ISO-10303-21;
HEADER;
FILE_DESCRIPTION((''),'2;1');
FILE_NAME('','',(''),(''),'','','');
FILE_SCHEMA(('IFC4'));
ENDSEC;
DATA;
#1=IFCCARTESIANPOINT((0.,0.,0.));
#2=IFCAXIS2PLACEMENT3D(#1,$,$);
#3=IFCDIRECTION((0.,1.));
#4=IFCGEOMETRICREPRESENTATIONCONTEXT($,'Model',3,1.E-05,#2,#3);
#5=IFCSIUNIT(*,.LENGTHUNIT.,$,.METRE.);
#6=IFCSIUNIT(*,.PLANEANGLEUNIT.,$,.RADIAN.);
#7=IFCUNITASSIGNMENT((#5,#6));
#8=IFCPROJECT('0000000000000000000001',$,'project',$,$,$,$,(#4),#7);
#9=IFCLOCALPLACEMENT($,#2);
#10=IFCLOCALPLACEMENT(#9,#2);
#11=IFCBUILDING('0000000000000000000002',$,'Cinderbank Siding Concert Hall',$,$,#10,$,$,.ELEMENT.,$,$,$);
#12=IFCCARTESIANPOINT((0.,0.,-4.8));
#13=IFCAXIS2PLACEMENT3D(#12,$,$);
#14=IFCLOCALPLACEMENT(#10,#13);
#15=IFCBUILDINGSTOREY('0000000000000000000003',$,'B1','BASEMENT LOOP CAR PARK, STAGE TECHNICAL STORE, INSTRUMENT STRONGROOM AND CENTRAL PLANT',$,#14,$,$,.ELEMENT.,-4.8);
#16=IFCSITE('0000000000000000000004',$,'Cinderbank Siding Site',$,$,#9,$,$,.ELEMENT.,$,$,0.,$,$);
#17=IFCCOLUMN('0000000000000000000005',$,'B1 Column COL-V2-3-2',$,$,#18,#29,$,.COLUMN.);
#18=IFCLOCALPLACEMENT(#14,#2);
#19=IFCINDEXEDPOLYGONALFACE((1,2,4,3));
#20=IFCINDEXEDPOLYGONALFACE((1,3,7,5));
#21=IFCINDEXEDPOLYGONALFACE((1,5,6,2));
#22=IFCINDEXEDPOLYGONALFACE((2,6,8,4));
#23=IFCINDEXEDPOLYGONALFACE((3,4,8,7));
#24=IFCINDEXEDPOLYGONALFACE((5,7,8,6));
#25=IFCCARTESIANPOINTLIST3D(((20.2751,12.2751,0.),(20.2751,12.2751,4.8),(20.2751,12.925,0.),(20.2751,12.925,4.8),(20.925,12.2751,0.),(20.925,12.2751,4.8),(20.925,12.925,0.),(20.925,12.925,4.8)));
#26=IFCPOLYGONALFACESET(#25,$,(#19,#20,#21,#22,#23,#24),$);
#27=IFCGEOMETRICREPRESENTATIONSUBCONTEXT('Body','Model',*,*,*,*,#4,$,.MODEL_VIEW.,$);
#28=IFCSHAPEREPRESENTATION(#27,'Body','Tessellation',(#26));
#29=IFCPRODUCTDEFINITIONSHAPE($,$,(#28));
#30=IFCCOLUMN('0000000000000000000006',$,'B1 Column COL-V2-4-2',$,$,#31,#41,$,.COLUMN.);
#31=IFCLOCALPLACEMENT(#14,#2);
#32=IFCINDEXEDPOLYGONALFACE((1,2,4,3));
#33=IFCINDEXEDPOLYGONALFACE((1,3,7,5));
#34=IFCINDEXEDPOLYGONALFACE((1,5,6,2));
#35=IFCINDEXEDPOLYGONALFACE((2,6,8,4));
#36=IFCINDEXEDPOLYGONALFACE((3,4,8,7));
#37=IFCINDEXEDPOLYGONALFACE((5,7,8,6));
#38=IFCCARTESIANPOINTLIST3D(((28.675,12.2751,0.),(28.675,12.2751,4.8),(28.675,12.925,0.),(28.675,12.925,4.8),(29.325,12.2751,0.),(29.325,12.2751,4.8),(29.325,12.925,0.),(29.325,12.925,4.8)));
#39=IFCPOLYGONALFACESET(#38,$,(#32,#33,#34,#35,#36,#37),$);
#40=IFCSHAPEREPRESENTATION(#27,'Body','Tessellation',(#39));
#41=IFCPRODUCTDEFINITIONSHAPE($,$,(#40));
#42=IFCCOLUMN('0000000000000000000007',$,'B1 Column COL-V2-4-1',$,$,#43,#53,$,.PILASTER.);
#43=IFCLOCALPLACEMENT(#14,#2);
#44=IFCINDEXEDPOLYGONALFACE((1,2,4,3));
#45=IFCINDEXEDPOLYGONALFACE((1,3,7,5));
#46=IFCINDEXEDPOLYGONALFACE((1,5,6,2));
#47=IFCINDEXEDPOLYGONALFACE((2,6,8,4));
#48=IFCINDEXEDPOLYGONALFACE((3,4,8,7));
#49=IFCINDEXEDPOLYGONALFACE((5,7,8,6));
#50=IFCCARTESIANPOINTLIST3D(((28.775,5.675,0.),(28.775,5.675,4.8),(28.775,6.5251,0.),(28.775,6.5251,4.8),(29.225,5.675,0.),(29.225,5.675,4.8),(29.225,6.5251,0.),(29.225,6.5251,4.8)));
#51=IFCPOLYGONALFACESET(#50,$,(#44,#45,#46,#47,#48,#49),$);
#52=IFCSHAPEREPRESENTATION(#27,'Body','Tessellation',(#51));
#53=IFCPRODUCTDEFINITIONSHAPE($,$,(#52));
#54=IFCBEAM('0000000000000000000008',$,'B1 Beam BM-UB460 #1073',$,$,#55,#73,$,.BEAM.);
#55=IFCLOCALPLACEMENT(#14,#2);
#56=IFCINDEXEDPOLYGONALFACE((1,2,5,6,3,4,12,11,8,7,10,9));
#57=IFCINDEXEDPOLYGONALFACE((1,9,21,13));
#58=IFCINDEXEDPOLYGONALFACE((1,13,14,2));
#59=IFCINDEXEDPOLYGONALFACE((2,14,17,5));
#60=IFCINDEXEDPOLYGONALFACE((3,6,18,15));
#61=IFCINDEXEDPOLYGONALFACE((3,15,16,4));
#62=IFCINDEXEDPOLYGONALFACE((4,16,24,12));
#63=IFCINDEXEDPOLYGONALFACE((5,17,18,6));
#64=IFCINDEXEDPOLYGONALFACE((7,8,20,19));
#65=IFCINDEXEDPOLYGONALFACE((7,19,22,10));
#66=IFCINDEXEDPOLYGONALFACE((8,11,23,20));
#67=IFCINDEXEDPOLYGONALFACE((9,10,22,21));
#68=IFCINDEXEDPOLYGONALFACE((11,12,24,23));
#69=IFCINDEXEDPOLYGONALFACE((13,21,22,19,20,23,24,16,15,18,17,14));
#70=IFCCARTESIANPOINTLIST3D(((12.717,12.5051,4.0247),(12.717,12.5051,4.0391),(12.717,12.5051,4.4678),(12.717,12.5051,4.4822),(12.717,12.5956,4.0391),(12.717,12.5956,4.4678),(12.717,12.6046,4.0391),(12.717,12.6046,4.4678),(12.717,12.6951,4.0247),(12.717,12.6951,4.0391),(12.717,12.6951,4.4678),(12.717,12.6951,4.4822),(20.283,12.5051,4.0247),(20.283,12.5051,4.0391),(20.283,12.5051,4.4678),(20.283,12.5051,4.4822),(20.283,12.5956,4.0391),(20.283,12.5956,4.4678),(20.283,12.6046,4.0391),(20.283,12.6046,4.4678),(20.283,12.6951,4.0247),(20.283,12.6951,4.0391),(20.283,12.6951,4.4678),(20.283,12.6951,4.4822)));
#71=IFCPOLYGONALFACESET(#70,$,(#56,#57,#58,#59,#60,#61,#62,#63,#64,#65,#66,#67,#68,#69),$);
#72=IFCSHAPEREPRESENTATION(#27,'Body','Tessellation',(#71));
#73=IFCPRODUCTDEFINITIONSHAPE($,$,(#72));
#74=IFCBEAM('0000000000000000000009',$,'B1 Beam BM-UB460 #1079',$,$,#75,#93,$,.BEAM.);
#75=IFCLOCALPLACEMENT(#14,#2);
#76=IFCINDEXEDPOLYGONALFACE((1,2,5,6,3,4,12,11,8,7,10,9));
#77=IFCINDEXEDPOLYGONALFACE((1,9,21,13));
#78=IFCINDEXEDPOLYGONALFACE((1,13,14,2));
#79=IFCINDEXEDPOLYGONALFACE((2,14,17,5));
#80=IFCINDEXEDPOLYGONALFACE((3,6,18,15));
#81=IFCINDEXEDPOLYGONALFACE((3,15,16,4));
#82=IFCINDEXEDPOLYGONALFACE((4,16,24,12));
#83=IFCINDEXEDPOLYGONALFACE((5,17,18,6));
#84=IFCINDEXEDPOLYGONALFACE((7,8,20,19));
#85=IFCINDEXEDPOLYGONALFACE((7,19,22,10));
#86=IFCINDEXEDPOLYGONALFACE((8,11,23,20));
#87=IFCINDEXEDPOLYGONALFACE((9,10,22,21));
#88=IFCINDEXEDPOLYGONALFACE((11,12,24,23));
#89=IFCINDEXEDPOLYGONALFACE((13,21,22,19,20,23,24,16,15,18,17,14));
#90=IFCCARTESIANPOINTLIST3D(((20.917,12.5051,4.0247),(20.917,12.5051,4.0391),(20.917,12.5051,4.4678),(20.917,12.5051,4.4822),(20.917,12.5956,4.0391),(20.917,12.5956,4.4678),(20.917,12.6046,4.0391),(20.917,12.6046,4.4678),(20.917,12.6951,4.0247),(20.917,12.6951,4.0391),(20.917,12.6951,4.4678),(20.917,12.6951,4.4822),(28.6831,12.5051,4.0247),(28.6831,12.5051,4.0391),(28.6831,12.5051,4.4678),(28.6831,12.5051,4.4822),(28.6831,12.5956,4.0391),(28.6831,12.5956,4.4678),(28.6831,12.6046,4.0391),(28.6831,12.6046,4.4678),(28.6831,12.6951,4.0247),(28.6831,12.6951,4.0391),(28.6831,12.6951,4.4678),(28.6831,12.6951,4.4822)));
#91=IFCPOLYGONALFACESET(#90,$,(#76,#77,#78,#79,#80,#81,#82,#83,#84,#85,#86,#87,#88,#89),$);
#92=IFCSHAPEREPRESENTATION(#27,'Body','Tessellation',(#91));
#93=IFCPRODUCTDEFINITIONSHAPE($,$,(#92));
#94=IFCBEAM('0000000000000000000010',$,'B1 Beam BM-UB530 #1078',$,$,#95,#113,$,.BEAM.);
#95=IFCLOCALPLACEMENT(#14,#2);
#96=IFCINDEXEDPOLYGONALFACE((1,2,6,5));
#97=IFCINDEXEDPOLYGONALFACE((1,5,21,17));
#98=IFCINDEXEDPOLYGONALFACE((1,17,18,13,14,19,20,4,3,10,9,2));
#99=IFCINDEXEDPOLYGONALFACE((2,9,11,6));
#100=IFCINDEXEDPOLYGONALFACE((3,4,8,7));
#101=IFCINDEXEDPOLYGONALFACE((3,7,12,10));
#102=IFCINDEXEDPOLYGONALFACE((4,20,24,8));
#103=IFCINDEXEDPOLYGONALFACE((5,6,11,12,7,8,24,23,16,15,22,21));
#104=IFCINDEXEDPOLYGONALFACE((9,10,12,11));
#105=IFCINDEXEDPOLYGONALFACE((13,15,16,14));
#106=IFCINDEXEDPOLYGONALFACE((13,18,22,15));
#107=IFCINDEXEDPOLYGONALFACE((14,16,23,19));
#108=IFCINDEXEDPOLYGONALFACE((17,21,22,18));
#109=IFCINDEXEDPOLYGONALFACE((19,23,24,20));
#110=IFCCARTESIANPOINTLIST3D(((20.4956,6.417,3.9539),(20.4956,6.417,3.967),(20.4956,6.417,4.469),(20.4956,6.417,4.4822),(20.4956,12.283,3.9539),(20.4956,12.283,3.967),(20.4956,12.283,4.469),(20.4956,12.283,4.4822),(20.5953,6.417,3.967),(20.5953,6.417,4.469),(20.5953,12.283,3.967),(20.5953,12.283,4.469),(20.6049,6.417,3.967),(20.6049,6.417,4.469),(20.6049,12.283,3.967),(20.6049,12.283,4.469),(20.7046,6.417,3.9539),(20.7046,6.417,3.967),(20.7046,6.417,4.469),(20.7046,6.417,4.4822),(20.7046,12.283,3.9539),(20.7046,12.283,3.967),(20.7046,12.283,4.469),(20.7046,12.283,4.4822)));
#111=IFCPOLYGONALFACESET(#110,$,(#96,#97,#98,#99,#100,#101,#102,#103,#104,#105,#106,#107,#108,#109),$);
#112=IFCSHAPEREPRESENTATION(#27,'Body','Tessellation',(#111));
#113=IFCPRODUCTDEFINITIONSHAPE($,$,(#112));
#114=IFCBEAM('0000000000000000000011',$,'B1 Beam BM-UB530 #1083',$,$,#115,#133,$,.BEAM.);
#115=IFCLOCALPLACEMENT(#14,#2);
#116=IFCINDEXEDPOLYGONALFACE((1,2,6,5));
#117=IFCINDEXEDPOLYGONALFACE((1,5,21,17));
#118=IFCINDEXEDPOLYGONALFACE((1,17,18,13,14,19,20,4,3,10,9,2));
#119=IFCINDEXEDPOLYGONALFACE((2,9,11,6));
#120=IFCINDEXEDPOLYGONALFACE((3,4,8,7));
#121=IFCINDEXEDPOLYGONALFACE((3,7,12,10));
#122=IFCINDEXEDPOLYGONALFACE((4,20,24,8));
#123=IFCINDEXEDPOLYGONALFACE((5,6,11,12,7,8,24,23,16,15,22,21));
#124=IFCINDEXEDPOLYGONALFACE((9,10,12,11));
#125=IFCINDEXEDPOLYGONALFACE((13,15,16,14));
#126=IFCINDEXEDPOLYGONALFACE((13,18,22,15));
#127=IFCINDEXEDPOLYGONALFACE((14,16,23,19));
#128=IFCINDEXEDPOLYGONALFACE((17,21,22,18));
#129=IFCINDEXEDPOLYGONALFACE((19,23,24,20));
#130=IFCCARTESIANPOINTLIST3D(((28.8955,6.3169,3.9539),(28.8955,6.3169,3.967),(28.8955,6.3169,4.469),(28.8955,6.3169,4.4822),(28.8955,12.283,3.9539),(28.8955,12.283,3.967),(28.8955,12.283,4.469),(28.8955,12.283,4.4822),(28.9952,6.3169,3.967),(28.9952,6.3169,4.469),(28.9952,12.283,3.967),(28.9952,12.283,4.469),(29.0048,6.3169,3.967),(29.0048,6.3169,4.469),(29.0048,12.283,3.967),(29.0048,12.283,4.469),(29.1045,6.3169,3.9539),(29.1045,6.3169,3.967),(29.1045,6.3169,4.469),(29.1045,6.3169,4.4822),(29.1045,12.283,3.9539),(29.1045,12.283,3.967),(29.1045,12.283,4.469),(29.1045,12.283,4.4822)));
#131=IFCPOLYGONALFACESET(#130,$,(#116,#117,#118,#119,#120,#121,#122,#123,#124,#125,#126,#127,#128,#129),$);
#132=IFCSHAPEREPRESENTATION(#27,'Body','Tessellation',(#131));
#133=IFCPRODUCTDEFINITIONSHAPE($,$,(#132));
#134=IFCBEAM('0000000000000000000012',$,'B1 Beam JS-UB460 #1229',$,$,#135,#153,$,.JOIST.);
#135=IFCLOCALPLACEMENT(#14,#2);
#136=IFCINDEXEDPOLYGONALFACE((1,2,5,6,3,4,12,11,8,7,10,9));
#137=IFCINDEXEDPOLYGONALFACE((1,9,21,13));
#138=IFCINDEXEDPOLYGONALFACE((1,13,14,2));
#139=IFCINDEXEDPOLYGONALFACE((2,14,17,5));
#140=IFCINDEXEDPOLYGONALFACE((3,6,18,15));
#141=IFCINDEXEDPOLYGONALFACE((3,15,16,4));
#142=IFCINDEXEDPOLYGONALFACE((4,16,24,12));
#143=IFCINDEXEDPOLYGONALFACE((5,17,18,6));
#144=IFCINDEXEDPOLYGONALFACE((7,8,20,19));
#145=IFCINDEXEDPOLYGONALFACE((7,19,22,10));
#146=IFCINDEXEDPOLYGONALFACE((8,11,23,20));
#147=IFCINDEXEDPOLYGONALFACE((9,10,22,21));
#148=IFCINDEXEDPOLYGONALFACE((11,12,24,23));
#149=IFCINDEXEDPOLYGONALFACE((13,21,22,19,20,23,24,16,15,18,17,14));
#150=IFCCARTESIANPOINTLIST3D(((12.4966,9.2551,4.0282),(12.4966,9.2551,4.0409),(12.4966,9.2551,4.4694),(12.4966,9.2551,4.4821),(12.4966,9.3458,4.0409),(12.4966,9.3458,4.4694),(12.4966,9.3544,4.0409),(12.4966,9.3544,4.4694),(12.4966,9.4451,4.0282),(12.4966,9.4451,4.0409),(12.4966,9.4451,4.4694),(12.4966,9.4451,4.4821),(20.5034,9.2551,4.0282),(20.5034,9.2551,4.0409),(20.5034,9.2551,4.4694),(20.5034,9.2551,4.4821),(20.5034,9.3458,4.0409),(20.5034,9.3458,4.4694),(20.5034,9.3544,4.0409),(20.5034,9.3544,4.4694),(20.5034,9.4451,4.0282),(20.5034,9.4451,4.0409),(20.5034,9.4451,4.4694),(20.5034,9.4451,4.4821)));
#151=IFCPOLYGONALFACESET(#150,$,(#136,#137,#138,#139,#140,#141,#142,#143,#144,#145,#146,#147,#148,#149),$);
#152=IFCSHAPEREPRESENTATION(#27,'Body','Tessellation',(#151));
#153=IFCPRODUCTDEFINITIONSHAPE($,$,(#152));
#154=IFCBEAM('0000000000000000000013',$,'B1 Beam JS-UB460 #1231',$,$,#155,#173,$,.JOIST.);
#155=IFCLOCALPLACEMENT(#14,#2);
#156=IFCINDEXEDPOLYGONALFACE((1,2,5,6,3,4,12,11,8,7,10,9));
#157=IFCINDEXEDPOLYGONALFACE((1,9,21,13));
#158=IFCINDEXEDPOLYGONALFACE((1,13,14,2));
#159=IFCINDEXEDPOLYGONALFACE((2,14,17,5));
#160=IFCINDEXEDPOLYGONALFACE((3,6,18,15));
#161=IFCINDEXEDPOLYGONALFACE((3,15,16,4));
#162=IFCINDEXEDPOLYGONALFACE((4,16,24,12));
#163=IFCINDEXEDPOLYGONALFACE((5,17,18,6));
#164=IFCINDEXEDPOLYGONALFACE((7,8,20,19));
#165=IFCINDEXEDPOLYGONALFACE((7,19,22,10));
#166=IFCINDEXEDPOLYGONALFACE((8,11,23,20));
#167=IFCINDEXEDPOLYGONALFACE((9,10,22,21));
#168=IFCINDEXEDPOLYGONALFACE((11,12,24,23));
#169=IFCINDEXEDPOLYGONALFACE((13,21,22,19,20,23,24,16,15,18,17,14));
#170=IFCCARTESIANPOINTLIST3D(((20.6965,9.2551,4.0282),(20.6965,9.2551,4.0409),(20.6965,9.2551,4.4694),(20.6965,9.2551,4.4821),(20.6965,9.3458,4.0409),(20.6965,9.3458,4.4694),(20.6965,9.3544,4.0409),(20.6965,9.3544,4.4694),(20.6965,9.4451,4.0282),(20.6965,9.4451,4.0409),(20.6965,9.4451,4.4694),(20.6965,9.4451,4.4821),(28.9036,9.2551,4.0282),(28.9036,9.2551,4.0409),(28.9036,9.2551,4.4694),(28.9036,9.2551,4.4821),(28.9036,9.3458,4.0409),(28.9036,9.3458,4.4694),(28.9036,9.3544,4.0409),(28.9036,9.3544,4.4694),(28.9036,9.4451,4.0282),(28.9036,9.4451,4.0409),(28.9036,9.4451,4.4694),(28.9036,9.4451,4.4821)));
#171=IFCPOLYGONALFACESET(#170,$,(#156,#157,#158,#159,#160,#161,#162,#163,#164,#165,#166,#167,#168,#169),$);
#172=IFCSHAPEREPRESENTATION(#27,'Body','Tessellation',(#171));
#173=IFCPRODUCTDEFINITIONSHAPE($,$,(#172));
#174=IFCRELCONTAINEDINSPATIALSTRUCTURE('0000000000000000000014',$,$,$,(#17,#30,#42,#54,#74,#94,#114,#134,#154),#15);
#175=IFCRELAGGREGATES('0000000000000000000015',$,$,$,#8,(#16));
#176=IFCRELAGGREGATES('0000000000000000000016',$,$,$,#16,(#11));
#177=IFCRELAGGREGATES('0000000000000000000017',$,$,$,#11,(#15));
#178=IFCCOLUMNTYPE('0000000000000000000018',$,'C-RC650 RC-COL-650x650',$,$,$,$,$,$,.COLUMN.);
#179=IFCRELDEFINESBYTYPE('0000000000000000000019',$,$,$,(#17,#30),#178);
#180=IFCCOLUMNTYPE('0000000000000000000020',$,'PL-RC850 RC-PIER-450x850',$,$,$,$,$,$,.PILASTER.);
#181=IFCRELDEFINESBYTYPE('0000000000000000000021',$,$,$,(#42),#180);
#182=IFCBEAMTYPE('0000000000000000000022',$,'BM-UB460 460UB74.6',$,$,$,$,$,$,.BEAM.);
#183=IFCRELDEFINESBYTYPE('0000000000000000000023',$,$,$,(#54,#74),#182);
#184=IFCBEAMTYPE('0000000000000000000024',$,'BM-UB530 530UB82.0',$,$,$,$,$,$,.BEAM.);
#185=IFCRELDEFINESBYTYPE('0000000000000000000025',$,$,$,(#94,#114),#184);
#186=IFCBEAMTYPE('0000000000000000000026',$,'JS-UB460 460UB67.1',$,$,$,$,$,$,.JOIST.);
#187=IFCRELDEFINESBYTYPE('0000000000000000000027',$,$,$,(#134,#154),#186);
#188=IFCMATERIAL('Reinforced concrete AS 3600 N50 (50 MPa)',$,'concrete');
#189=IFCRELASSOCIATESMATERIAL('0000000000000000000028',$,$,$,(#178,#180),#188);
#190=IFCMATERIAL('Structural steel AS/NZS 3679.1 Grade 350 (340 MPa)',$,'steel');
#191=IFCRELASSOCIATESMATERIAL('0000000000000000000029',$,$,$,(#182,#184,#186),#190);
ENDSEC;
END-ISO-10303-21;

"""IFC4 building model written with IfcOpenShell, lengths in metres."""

from ifc_helpers import new_model, si_unit, direction, frame, origin, origin_2d, place, context, subcontext, project, spatial, rectangle, i_section, extrude, material, material_profile, profile_set, type_object, element, save


model = new_model("IFC4")

# Units and contexts
model_context = context("Model", 3, precision=1e-05, world=origin(), true_north=direction((0.0, 1.0)))
body_context = subcontext(model_context, "Body", "Model", "MODEL_VIEW")
ifc_project = project(units=[si_unit("LENGTHUNIT", "METRE"), si_unit("PLANEANGLEUNIT", "RADIAN")], contexts=[model_context])

# Site, building, storey
site_placement = place(None, origin())
site = spatial("IfcSite", under=ifc_project, at=site_placement, Name="Cinderbank Siding Site", CompositionType="ELEMENT", RefElevation=0.0)
building_placement = place(site_placement, origin())
building = spatial("IfcBuilding", under=site, at=building_placement, Name="Cinderbank Siding Concert Hall", CompositionType="ELEMENT")
storey_placement = place(building_placement, frame((0.0, 0.0, -4.8)))
storey = spatial("IfcBuildingStorey", under=building, at=storey_placement, Name="B1", Description="BASEMENT LOOP CAR PARK, STAGE TECHNICAL STORE, INSTRUMENT STRONGROOM AND CENTRAL PLANT", CompositionType="ELEMENT", Elevation=-4.8)

# Columns
ifc_material_1 = material(Name="Reinforced concrete AS 3600 N50 (50 MPa)", Category="concrete")
ifc_material_profile_1 = material_profile(ifc_material_1, rectangle(XDim=0.6499, YDim=0.6499, at=origin_2d()), Name="RC-COL-650x650", Category="LoadBearing")
ifc_profile_set_1 = profile_set([ifc_material_profile_1], Name="Reinforced concrete AS 3600 N50 (50 MPa)")
column_type_1 = type_object("IfcColumnType", Name="C-RC650 RC-COL-650x650", PredefinedType="COLUMN", material=ifc_profile_set_1)
for number, where, z_axis, x_axis, name in (
    (1, (20.6001, 12.6001, 0.0), (0.0, 0.0, 1.0), (1.0, 0.0, 0.0), "B1 Column COL-V2-3-2"),
    (2, (29.0, 12.6001, 0.0), (0.0, 0.0, 1.0), (1.0, 0.0, 0.0), "B1 Column COL-V2-4-2"),
):
    element("IfcColumn", number, at=place(storey_placement, frame(where, z_axis=z_axis, x_axis=x_axis)), inside=storey, type_object=column_type_1, Name=name, PredefinedType="COLUMN", context=body_context, shape_type="SweptSolid", body=[
        extrude(rectangle(XDim=0.6499, YDim=0.6499, at=origin_2d()), origin(), (0.0, 0.0, 1.0), 4.8),
    ])
ifc_material_profile_2 = material_profile(ifc_material_1, rectangle(XDim=0.45, YDim=0.8501, at=origin_2d()), Name="RC-PIER-450x850", Category="LoadBearing")
ifc_profile_set_2 = profile_set([ifc_material_profile_2], Name="Reinforced concrete AS 3600 N50 (50 MPa)")
column_type_2 = type_object("IfcColumnType", Name="PL-RC850 RC-PIER-450x850", PredefinedType="PILASTER", material=ifc_profile_set_2)
column_placement = place(storey_placement, frame((29.0, 6.1001, 0.0), z_axis=(0.0, 0.0, 1.0), x_axis=(1.0, 0.0, 0.0)))
element("IfcColumn", 3, at=column_placement, inside=storey, type_object=column_type_2, Name="B1 Column COL-V2-4-1", PredefinedType="PILASTER", context=body_context, shape_type="SweptSolid", body=[
    extrude(rectangle(XDim=0.45, YDim=0.8501, at=origin_2d()), origin(), (0.0, 0.0, 1.0), 4.8),
])

# Beams
ifc_material_2 = material(Name="Structural steel AS/NZS 3679.1 Grade 350 (340 MPa)", Category="steel")
ifc_material_profile_3 = material_profile(ifc_material_2, i_section(OverallWidth=0.1899, OverallDepth=0.4575, WebThickness=0.009, FlangeThickness=0.0144, at=origin_2d()), Name="460UB74.6", Category="LoadBearing")
ifc_profile_set_3 = profile_set([ifc_material_profile_3], Name="Structural steel AS/NZS 3679.1 Grade 350 (340 MPa)")
beam_type_1 = type_object("IfcBeamType", Name="BM-UB460 460UB74.6", PredefinedType="BEAM", material=ifc_profile_set_3)
beam_1_placement = place(storey_placement, frame((12.717, 12.6001, 4.2534), z_axis=(1.0, 0.0, 0.0), x_axis=(0.0, 1.0, 0.0)))
element("IfcBeam", 4, at=beam_1_placement, inside=storey, type_object=beam_type_1, Name="B1 Beam BM-UB460 #1073", PredefinedType="BEAM", context=body_context, shape_type="SweptSolid", body=[
    extrude(i_section(OverallWidth=0.1899, OverallDepth=0.4575, WebThickness=0.009, FlangeThickness=0.0144, at=origin_2d()), origin(), (0.0, 0.0, 1.0), 7.5659),
])
beam_2_placement = place(storey_placement, frame((20.917, 12.6001, 4.2534), z_axis=(1.0, 0.0, 0.0), x_axis=(0.0, 1.0, 0.0)))
element("IfcBeam", 5, at=beam_2_placement, inside=storey, type_object=beam_type_1, Name="B1 Beam BM-UB460 #1079", PredefinedType="BEAM", context=body_context, shape_type="SweptSolid", body=[
    extrude(i_section(OverallWidth=0.1899, OverallDepth=0.4575, WebThickness=0.009, FlangeThickness=0.0144, at=origin_2d()), origin(), (0.0, 0.0, 1.0), 7.7661),
])
ifc_material_profile_4 = material_profile(ifc_material_2, i_section(OverallWidth=0.209, OverallDepth=0.5283, WebThickness=0.0095, FlangeThickness=0.0132, at=origin_2d()), Name="530UB82.0", Category="LoadBearing")
ifc_profile_set_4 = profile_set([ifc_material_profile_4], Name="Structural steel AS/NZS 3679.1 Grade 350 (340 MPa)")
beam_type_2 = type_object("IfcBeamType", Name="BM-UB530 530UB82.0", PredefinedType="BEAM", material=ifc_profile_set_4)
beam_3_placement = place(storey_placement, frame((20.6001, 6.417, 4.218), z_axis=(0.0, 1.0, 0.0), x_axis=(-1.0, 0.0, 0.0)))
element("IfcBeam", 6, at=beam_3_placement, inside=storey, type_object=beam_type_2, Name="B1 Beam BM-UB530 #1078", PredefinedType="BEAM", context=body_context, shape_type="SweptSolid", body=[
    extrude(i_section(OverallWidth=0.209, OverallDepth=0.5283, WebThickness=0.0095, FlangeThickness=0.0132, at=origin_2d()), origin(), (0.0, 0.0, 1.0), 5.866),
])
beam_4_placement = place(storey_placement, frame((29.0, 6.3169, 4.218), z_axis=(0.0, 1.0, 0.0), x_axis=(-1.0, 0.0, 0.0)))
element("IfcBeam", 7, at=beam_4_placement, inside=storey, type_object=beam_type_2, Name="B1 Beam BM-UB530 #1083", PredefinedType="BEAM", context=body_context, shape_type="SweptSolid", body=[
    extrude(i_section(OverallWidth=0.209, OverallDepth=0.5283, WebThickness=0.0095, FlangeThickness=0.0132, at=origin_2d()), origin(), (0.0, 0.0, 1.0), 5.9661),
])
ifc_material_profile_5 = material_profile(ifc_material_2, i_section(OverallWidth=0.1899, OverallDepth=0.4539, WebThickness=0.0085, FlangeThickness=0.0127, at=origin_2d()), Name="460UB67.1", Category="LoadBearing")
ifc_profile_set_5 = profile_set([ifc_material_profile_5], Name="Structural steel AS/NZS 3679.1 Grade 350 (340 MPa)")
beam_type_3 = type_object("IfcBeamType", Name="JS-UB460 460UB67.1", PredefinedType="JOIST", material=ifc_profile_set_5)
beam_5_placement = place(storey_placement, frame((12.4966, 9.3501, 4.2551), z_axis=(1.0, 0.0, 0.0), x_axis=(0.0, 1.0, 0.0)))
element("IfcBeam", 8, at=beam_5_placement, inside=storey, type_object=beam_type_3, Name="B1 Beam JS-UB460 #1229", PredefinedType="JOIST", context=body_context, shape_type="SweptSolid", body=[
    extrude(i_section(OverallWidth=0.1899, OverallDepth=0.4539, WebThickness=0.0085, FlangeThickness=0.0127, at=origin_2d()), origin(), (0.0, 0.0, 1.0), 8.0068),
])
for number, where, z_axis, x_axis, name in (
    (9, (20.6965, 9.3501, 4.2551), (1.0, 0.0, 0.0), (0.0, 1.0, 0.0), "B1 Beam JS-UB460 #1231"),
):
    element("IfcBeam", number, at=place(storey_placement, frame(where, z_axis=z_axis, x_axis=x_axis)), inside=storey, type_object=beam_type_3, Name=name, PredefinedType="JOIST", context=body_context, shape_type="SweptSolid", body=[
        extrude(i_section(OverallWidth=0.1899, OverallDepth=0.4539, WebThickness=0.0085, FlangeThickness=0.0127, at=origin_2d()), origin(), (0.0, 0.0, 1.0), 8.207),
    ])

save(model, "model.ifc")
